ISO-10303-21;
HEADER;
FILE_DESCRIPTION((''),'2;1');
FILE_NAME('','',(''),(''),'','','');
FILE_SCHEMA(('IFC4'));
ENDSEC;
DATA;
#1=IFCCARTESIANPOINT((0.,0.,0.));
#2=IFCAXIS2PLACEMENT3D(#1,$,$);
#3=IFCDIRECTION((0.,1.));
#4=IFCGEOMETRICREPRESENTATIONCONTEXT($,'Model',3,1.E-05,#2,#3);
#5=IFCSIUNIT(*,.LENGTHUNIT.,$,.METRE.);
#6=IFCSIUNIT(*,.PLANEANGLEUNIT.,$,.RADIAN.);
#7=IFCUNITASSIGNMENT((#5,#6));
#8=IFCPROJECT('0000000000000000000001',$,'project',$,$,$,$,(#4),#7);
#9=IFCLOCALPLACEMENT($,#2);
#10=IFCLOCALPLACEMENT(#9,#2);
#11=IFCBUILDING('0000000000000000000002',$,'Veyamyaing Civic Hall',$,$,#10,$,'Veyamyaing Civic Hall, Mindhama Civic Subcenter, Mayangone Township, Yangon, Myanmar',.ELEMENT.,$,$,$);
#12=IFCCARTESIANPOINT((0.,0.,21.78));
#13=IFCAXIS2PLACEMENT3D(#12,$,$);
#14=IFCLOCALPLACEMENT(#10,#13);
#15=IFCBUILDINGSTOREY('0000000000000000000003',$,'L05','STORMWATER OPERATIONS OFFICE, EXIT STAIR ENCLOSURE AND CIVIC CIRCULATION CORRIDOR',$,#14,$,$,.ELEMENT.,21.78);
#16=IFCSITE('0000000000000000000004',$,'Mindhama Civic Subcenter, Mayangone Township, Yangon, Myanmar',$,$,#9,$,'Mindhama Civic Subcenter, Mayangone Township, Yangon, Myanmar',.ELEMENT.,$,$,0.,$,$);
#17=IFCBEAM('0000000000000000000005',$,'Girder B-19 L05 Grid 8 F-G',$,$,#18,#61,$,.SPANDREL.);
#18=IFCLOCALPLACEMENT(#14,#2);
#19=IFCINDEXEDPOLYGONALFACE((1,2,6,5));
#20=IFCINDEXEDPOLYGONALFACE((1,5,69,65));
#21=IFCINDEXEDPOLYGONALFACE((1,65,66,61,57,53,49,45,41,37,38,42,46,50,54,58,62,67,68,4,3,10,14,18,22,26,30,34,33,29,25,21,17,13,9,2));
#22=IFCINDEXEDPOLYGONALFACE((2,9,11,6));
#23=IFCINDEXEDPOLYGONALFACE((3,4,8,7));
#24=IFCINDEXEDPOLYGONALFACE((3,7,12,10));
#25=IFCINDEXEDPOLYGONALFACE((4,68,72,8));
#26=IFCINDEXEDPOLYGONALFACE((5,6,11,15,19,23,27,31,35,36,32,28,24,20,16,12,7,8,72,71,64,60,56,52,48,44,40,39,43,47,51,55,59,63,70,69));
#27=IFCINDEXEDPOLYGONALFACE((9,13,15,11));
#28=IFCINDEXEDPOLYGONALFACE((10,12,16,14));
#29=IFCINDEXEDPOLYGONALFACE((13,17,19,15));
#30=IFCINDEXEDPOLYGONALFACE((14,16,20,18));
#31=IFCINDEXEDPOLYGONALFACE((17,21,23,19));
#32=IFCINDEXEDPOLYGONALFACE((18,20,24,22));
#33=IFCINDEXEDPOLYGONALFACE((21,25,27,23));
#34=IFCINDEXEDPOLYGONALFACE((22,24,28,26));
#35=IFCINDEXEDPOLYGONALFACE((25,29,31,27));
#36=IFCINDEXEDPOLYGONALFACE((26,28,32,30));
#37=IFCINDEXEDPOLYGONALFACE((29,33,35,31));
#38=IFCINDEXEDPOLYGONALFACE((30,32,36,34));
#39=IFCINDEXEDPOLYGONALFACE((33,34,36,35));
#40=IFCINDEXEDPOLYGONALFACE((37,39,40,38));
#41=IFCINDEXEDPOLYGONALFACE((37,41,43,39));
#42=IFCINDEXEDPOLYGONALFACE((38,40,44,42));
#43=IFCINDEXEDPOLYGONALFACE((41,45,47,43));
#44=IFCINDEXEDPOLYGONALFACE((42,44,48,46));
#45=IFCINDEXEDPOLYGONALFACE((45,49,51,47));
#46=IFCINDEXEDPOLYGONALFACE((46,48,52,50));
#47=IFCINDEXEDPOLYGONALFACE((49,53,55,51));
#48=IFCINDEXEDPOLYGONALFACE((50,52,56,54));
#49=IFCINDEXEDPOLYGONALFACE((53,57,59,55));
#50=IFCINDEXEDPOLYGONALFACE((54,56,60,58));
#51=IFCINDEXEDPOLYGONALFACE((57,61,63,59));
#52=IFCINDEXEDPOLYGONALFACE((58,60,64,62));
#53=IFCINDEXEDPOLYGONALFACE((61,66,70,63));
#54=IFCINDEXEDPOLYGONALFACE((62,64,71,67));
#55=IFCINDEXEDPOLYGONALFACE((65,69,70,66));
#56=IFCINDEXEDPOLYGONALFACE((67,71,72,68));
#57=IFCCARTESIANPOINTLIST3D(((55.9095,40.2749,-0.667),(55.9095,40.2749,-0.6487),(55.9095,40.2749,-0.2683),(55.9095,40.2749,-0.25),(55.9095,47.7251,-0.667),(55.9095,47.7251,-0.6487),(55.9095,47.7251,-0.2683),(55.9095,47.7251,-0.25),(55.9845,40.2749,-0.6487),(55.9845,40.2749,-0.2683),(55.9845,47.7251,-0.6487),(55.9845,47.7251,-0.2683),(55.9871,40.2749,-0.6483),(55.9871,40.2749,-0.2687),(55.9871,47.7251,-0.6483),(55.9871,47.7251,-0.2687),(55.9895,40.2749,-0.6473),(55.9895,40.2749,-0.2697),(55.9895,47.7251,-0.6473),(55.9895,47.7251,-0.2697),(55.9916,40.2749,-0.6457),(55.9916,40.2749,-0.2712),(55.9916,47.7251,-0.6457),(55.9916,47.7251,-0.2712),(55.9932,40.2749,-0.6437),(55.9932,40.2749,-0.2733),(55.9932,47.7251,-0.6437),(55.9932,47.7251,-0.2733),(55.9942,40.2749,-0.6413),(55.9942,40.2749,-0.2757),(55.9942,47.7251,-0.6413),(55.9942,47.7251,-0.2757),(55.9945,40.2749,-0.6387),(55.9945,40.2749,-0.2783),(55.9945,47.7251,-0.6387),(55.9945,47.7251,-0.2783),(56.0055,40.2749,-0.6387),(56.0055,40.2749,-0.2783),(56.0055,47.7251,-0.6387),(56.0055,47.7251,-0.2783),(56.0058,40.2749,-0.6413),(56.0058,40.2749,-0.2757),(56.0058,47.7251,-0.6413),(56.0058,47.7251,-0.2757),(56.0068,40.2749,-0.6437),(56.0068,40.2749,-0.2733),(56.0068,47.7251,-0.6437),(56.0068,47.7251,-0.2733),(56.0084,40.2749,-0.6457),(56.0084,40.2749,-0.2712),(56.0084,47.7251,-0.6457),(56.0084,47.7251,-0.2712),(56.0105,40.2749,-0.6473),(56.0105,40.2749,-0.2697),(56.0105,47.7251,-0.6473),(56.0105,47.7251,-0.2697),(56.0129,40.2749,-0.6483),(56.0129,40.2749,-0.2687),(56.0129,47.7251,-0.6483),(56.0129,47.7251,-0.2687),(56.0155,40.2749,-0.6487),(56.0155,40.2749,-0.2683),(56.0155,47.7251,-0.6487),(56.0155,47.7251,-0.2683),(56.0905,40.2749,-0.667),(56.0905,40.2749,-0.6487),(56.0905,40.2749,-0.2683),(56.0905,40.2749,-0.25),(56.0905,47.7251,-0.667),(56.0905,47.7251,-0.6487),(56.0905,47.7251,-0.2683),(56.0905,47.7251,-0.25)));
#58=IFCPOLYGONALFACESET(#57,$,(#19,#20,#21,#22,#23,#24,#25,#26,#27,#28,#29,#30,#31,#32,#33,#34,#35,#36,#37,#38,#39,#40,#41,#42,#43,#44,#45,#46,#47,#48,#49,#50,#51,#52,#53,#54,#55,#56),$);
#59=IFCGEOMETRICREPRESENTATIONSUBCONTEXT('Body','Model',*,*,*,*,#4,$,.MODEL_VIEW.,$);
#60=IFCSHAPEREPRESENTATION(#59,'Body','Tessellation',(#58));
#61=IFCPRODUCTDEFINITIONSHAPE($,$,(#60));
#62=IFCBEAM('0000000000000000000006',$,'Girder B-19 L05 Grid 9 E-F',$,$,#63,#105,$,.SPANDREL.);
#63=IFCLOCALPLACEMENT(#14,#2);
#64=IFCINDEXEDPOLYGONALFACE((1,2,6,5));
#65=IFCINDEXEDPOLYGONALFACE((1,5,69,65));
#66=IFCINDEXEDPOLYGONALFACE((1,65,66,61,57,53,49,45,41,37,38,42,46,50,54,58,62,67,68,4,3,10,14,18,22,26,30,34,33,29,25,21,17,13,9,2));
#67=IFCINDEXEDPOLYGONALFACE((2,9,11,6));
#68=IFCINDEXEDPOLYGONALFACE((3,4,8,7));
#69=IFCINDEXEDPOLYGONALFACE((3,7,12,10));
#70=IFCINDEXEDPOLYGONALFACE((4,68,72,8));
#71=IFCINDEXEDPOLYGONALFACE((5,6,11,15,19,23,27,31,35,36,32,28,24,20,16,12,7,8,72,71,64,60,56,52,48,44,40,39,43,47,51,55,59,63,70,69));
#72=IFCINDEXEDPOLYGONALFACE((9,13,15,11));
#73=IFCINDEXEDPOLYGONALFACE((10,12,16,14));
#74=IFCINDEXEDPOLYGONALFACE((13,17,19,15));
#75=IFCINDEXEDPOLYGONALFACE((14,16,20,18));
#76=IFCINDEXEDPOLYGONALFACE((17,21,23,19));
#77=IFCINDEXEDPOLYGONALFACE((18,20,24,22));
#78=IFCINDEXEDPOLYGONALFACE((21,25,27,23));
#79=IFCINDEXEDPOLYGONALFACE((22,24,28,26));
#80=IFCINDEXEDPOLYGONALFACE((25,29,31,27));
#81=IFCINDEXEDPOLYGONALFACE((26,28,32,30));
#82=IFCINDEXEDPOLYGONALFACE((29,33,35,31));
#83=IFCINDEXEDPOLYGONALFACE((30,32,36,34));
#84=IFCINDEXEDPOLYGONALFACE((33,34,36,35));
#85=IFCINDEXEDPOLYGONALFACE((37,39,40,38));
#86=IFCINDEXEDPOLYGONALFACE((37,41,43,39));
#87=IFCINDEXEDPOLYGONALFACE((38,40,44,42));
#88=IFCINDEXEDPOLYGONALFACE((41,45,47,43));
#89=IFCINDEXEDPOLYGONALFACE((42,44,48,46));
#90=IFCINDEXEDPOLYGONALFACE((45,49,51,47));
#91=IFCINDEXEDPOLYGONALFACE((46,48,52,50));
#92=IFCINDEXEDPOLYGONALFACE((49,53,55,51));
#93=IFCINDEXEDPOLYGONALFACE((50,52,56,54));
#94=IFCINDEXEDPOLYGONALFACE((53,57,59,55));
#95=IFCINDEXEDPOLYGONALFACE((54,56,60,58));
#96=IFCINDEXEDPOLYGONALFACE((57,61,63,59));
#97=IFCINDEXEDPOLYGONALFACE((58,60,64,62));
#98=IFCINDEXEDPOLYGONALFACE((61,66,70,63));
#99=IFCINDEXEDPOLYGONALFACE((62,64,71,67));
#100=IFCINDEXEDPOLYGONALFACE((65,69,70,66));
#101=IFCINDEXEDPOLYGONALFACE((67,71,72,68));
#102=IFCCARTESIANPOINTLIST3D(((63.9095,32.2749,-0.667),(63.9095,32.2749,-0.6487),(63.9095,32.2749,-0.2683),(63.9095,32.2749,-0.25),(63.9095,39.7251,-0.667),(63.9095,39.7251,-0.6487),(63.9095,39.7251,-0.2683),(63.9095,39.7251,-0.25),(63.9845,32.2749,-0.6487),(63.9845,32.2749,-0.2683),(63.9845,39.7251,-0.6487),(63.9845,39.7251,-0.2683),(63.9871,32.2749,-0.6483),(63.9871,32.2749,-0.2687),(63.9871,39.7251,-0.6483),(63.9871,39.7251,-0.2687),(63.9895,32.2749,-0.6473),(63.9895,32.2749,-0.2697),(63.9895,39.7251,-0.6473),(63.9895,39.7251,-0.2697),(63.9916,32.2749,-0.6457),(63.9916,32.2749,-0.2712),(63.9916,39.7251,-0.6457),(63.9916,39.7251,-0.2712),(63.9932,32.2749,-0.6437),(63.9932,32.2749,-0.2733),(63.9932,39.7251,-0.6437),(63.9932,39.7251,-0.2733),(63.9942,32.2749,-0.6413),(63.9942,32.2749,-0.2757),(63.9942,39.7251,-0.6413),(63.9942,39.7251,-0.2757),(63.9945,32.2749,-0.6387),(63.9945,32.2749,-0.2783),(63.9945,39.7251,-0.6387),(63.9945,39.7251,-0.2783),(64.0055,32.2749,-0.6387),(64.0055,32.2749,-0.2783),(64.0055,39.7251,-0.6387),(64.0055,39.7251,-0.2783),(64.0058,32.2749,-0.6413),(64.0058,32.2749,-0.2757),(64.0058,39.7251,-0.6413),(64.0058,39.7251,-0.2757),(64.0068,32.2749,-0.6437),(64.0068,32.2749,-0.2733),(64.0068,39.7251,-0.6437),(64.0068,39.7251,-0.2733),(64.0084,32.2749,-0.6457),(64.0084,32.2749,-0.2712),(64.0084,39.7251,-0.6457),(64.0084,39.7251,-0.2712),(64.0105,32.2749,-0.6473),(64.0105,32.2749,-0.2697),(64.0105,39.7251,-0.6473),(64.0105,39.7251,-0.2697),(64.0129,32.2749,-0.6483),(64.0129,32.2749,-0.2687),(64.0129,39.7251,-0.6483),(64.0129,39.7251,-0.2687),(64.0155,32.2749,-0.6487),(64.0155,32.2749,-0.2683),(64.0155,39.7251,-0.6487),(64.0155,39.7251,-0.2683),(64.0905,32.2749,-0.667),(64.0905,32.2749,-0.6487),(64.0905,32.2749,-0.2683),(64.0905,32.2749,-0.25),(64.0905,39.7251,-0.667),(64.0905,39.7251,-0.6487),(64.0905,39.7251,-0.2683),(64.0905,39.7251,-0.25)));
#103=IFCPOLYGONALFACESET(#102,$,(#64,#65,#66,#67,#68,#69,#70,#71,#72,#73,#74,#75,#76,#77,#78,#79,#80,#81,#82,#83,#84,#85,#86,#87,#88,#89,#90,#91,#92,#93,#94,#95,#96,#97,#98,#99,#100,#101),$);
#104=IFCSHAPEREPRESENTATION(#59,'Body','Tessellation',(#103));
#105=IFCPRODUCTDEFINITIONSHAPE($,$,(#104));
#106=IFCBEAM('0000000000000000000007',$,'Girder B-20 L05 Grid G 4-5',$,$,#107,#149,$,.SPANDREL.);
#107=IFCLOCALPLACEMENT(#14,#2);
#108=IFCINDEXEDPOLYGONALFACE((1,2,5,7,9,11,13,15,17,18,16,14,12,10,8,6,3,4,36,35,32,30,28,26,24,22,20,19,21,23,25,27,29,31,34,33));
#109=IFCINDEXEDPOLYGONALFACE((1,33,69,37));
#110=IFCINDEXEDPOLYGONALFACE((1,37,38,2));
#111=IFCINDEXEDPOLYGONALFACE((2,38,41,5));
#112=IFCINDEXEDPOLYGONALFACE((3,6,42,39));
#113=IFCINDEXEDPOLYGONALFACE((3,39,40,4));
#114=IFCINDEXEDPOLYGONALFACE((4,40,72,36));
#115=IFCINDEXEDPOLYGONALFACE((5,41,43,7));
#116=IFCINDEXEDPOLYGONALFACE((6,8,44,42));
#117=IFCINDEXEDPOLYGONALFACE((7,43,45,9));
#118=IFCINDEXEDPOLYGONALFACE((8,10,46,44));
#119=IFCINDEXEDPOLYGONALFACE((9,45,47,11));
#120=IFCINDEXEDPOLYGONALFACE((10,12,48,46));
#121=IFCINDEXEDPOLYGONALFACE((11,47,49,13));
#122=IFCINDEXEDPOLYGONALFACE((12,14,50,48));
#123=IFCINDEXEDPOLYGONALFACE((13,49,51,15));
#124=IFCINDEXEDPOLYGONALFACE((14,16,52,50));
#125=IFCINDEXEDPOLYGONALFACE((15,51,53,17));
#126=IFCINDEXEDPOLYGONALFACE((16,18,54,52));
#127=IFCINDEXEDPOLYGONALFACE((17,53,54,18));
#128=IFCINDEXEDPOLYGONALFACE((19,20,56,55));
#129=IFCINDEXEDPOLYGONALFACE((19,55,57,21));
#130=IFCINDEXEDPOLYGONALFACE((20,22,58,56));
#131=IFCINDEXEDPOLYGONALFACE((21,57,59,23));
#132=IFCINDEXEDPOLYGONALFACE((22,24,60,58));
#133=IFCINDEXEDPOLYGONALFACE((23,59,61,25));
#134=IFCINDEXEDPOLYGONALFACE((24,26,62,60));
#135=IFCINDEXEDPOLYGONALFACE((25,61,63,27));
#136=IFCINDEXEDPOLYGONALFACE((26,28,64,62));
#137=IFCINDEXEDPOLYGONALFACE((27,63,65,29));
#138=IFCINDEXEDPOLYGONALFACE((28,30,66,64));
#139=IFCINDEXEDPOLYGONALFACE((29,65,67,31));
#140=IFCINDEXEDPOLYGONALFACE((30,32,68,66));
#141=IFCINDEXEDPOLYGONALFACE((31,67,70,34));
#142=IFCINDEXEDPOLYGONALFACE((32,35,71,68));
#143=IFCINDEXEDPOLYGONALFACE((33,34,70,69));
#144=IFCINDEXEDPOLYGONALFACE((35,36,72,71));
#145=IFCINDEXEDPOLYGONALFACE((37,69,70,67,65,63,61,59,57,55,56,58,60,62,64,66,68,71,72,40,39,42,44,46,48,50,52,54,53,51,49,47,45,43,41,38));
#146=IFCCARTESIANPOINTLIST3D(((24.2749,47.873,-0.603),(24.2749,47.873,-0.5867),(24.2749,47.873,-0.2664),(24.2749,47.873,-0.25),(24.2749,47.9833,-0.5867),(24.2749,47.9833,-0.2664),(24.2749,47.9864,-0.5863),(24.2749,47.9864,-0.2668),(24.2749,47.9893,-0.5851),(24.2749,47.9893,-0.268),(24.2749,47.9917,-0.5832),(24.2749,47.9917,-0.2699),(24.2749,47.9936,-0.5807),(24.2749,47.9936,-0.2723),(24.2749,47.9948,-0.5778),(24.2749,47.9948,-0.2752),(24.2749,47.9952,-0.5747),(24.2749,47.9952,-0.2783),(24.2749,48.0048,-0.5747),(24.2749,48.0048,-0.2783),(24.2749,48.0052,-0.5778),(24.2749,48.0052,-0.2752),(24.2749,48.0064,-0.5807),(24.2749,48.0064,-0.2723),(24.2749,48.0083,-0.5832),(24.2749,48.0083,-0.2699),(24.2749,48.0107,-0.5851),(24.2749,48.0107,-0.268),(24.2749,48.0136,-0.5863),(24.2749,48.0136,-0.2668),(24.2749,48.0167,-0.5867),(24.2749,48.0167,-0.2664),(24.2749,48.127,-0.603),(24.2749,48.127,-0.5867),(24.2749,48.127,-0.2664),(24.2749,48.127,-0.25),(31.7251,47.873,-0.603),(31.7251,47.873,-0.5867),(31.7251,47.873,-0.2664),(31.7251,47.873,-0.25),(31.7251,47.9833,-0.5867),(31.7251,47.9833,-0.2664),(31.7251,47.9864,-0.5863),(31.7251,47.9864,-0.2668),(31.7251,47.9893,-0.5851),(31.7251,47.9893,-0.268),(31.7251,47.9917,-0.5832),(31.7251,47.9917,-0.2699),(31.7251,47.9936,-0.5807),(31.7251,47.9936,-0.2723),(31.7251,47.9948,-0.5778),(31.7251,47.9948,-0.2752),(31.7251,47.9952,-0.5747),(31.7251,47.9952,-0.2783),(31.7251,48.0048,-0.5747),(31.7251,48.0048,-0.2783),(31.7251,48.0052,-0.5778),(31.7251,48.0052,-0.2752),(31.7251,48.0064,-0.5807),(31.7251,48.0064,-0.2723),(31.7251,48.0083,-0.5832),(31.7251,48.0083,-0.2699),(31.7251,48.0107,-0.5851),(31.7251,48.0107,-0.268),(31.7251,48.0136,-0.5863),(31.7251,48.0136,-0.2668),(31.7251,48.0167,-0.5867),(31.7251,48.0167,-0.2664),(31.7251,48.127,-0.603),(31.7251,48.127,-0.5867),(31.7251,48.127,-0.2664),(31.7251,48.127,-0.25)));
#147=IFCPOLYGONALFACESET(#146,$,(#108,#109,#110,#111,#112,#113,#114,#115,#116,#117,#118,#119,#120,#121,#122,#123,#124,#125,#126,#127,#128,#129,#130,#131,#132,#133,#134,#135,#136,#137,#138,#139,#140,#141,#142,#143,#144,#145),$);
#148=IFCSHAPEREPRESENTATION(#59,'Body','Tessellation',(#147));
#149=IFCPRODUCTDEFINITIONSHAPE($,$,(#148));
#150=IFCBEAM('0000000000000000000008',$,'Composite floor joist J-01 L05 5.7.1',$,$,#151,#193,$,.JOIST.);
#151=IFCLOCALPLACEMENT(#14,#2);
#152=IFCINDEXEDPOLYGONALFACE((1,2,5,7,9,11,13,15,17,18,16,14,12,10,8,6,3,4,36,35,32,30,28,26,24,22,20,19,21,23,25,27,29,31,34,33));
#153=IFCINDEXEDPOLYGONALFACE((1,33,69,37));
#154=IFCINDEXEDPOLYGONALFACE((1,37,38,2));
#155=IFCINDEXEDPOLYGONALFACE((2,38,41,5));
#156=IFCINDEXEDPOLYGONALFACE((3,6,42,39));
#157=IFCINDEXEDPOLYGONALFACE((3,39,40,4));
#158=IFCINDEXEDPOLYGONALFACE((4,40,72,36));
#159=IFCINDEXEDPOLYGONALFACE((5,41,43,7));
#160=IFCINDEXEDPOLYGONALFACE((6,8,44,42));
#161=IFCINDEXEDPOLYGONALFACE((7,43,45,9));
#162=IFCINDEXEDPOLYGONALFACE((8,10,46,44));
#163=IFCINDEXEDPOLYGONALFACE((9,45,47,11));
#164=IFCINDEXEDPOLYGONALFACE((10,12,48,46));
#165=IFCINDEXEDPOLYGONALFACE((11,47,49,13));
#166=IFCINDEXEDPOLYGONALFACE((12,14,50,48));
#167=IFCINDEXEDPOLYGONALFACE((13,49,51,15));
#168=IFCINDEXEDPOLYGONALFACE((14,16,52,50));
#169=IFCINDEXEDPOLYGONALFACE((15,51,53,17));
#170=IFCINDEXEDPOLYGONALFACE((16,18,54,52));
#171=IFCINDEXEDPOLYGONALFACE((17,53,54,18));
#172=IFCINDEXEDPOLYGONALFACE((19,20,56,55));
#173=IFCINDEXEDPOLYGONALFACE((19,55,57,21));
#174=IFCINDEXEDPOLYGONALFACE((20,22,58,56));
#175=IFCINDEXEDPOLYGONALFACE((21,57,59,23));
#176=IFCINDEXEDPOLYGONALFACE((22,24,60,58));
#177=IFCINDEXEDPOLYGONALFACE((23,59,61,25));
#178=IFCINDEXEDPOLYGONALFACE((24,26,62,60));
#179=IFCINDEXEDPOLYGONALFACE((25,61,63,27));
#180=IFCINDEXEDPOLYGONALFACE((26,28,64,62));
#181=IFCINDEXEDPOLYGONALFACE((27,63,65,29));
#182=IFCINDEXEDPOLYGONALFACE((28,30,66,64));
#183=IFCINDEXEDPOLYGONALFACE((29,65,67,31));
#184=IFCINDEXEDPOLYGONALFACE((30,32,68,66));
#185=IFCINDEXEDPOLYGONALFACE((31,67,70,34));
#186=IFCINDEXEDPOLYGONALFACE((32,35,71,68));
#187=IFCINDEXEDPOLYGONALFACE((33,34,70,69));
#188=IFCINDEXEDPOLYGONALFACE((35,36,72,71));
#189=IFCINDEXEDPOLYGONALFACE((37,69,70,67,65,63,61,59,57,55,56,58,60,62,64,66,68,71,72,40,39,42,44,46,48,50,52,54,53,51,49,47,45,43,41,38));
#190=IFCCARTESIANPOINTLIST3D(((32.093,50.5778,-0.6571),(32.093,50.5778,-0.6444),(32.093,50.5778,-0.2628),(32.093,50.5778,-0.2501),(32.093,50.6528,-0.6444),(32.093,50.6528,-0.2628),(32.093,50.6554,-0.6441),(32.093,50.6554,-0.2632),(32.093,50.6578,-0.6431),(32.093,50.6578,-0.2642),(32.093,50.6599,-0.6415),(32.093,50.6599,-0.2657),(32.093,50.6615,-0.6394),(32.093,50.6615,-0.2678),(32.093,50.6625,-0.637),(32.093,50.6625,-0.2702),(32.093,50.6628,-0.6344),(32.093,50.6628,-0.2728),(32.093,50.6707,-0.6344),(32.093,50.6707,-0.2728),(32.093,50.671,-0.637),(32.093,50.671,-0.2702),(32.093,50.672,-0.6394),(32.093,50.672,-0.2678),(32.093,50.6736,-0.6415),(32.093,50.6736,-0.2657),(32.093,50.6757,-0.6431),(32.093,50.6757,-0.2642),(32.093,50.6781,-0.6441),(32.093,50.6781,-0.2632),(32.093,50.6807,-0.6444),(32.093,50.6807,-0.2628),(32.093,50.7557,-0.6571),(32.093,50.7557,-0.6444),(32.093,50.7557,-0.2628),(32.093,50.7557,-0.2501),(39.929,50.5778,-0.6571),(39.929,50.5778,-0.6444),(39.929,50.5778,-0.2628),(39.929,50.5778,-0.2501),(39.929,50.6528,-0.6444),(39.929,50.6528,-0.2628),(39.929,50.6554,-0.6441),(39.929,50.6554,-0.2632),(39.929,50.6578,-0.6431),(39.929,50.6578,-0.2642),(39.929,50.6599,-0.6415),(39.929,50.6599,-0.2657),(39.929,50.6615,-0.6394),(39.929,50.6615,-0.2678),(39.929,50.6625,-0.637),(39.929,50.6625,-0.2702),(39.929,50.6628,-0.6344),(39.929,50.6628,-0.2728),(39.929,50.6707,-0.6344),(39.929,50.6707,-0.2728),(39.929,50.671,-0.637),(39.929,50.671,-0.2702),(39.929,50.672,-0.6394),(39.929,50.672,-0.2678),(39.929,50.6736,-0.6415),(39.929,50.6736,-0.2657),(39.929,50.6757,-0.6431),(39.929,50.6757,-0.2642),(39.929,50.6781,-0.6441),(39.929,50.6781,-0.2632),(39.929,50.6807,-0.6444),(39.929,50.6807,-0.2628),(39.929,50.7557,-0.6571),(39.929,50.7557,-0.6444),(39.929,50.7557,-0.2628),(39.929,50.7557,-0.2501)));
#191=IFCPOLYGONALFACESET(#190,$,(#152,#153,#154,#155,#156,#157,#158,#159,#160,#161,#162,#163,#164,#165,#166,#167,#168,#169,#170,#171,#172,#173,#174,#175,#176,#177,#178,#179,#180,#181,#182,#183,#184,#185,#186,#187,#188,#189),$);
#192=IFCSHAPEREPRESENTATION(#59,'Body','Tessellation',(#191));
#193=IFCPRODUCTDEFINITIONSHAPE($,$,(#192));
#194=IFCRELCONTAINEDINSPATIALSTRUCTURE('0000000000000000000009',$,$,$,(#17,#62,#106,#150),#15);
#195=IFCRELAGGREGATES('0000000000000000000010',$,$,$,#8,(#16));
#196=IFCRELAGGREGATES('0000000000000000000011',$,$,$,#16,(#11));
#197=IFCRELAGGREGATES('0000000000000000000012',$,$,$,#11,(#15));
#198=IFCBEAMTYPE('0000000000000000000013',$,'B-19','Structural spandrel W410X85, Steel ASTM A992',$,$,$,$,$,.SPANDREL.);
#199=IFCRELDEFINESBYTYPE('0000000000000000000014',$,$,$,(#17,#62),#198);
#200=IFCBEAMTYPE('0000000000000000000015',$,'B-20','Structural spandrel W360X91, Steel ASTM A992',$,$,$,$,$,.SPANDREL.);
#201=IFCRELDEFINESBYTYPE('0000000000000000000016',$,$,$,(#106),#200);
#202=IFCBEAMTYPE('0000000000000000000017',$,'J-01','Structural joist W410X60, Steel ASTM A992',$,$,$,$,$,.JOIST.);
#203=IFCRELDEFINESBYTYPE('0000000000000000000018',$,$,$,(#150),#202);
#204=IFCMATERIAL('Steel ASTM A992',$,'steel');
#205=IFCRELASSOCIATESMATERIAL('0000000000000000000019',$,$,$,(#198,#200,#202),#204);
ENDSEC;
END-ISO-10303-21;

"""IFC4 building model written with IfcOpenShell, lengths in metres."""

from ifc_helpers import new_model, si_unit, direction, frame, origin, origin_2d, place, context, subcontext, project, spatial, i_section, extrude, material, material_profile, profile_set, type_object, element, save


model = new_model("IFC4")

# Units and contexts
model_context = context("Model", 3, precision=1e-05, world=origin(), true_north=direction((0.0, 1.0)))
body_context = subcontext(model_context, "Body", "Model", "MODEL_VIEW")
ifc_project = project(units=[si_unit("LENGTHUNIT", "METRE"), si_unit("PLANEANGLEUNIT", "RADIAN")], contexts=[model_context])

# Site, building, storey
site_placement = place(None, origin())
site = spatial("IfcSite", under=ifc_project, at=site_placement, Name="Mindhama Civic Subcenter, Mayangone Township, Yangon, Myanmar", LongName="Mindhama Civic Subcenter, Mayangone Township, Yangon, Myanmar", CompositionType="ELEMENT", RefElevation=0.0)
building_placement = place(site_placement, origin())
building = spatial("IfcBuilding", under=site, at=building_placement, Name="Veyamyaing Civic Hall", LongName="Veyamyaing Civic Hall, Mindhama Civic Subcenter, Mayangone Township, Yangon, Myanmar", CompositionType="ELEMENT")
storey_placement = place(building_placement, frame((0.0, 0.0, 21.78)))
storey = spatial("IfcBuildingStorey", under=building, at=storey_placement, Name="L05", Description="STORMWATER OPERATIONS OFFICE, EXIT STAIR ENCLOSURE AND CIVIC CIRCULATION CORRIDOR", CompositionType="ELEMENT", Elevation=21.78)

# Beams
ifc_material_1 = material(Name="Steel ASTM A992", Category="steel")
ifc_material_profile_1 = material_profile(ifc_material_1, i_section(OverallWidth=0.1809, OverallDepth=0.417, WebThickness=0.011, FlangeThickness=0.0183, FilletRadius=0.01, at=origin_2d()), Name="W410X85")
ifc_profile_set_1 = profile_set([ifc_material_profile_1], Name="Steel ASTM A992")
beam_type_1 = type_object("IfcBeamType", Name="B-19", Description="Structural spandrel W410X85, Steel ASTM A992", PredefinedType="SPANDREL", material=ifc_profile_set_1)
for number, where, z_axis, x_axis, name in (
    (1, (56.0, 40.2749, -0.4585), (0.0, 1.0, 0.0), (-1.0, 0.0, 0.0), "Girder B-19 L05 Grid 8 F-G"),
    (2, (64.0, 32.2749, -0.4585), (0.0, 1.0, 0.0), (-1.0, 0.0, 0.0), "Girder B-19 L05 Grid 9 E-F"),
):
    element("IfcBeam", number, at=place(storey_placement, frame(where, z_axis=z_axis, x_axis=x_axis)), inside=storey, type_object=beam_type_1, Name=name, PredefinedType="SPANDREL", context=body_context, shape_type="SweptSolid", body=[
        extrude(i_section(OverallWidth=0.1809, OverallDepth=0.417, WebThickness=0.011, FlangeThickness=0.0183, FilletRadius=0.01, at=origin_2d()), origin(), (0.0, 0.0, 1.0), 7.4502),
    ])
ifc_material_profile_2 = material_profile(ifc_material_1, i_section(OverallWidth=0.2539, OverallDepth=0.353, WebThickness=0.0095, FlangeThickness=0.0164, FilletRadius=0.012, at=origin_2d()), Name="W360X91")
ifc_profile_set_2 = profile_set([ifc_material_profile_2], Name="Steel ASTM A992")
beam_type_2 = type_object("IfcBeamType", Name="B-20", Description="Structural spandrel W360X91, Steel ASTM A992", PredefinedType="SPANDREL", material=ifc_profile_set_2)
beam_1_placement = place(storey_placement, frame((24.2749, 48.0, -0.4265), z_axis=(1.0, 0.0, 0.0), x_axis=(0.0, 1.0, 0.0)))
element("IfcBeam", 3, at=beam_1_placement, inside=storey, type_object=beam_type_2, Name="Girder B-20 L05 Grid G 4-5", PredefinedType="SPANDREL", context=body_context, shape_type="SweptSolid", body=[
    extrude(i_section(OverallWidth=0.2539, OverallDepth=0.353, WebThickness=0.0095, FlangeThickness=0.0164, FilletRadius=0.012, at=origin_2d()), origin(), (0.0, 0.0, 1.0), 7.4502),
])
ifc_material_profile_3 = material_profile(ifc_material_1, i_section(OverallWidth=0.178, OverallDepth=0.407, WebThickness=0.0078, FlangeThickness=0.0127, FilletRadius=0.01, at=origin_2d()), Name="W410X60")
ifc_profile_set_3 = profile_set([ifc_material_profile_3], Name="Steel ASTM A992")
beam_type_3 = type_object("IfcBeamType", Name="J-01", Description="Structural joist W410X60, Steel ASTM A992", PredefinedType="JOIST", material=ifc_profile_set_3)
beam_2_placement = place(storey_placement, frame((32.093, 50.6667, -0.4536), z_axis=(1.0, 0.0, 0.0), x_axis=(0.0, 1.0, 0.0)))
element("IfcBeam", 4, at=beam_2_placement, inside=storey, type_object=beam_type_3, Name="Composite floor joist J-01 L05 5.7.1", PredefinedType="JOIST", context=body_context, shape_type="SweptSolid", body=[
    extrude(i_section(OverallWidth=0.178, OverallDepth=0.407, WebThickness=0.0078, FlangeThickness=0.0127, FilletRadius=0.01, at=origin_2d()), origin(), (0.0, 0.0, 1.0), 7.8359),
])

save(model, "model.ifc")
